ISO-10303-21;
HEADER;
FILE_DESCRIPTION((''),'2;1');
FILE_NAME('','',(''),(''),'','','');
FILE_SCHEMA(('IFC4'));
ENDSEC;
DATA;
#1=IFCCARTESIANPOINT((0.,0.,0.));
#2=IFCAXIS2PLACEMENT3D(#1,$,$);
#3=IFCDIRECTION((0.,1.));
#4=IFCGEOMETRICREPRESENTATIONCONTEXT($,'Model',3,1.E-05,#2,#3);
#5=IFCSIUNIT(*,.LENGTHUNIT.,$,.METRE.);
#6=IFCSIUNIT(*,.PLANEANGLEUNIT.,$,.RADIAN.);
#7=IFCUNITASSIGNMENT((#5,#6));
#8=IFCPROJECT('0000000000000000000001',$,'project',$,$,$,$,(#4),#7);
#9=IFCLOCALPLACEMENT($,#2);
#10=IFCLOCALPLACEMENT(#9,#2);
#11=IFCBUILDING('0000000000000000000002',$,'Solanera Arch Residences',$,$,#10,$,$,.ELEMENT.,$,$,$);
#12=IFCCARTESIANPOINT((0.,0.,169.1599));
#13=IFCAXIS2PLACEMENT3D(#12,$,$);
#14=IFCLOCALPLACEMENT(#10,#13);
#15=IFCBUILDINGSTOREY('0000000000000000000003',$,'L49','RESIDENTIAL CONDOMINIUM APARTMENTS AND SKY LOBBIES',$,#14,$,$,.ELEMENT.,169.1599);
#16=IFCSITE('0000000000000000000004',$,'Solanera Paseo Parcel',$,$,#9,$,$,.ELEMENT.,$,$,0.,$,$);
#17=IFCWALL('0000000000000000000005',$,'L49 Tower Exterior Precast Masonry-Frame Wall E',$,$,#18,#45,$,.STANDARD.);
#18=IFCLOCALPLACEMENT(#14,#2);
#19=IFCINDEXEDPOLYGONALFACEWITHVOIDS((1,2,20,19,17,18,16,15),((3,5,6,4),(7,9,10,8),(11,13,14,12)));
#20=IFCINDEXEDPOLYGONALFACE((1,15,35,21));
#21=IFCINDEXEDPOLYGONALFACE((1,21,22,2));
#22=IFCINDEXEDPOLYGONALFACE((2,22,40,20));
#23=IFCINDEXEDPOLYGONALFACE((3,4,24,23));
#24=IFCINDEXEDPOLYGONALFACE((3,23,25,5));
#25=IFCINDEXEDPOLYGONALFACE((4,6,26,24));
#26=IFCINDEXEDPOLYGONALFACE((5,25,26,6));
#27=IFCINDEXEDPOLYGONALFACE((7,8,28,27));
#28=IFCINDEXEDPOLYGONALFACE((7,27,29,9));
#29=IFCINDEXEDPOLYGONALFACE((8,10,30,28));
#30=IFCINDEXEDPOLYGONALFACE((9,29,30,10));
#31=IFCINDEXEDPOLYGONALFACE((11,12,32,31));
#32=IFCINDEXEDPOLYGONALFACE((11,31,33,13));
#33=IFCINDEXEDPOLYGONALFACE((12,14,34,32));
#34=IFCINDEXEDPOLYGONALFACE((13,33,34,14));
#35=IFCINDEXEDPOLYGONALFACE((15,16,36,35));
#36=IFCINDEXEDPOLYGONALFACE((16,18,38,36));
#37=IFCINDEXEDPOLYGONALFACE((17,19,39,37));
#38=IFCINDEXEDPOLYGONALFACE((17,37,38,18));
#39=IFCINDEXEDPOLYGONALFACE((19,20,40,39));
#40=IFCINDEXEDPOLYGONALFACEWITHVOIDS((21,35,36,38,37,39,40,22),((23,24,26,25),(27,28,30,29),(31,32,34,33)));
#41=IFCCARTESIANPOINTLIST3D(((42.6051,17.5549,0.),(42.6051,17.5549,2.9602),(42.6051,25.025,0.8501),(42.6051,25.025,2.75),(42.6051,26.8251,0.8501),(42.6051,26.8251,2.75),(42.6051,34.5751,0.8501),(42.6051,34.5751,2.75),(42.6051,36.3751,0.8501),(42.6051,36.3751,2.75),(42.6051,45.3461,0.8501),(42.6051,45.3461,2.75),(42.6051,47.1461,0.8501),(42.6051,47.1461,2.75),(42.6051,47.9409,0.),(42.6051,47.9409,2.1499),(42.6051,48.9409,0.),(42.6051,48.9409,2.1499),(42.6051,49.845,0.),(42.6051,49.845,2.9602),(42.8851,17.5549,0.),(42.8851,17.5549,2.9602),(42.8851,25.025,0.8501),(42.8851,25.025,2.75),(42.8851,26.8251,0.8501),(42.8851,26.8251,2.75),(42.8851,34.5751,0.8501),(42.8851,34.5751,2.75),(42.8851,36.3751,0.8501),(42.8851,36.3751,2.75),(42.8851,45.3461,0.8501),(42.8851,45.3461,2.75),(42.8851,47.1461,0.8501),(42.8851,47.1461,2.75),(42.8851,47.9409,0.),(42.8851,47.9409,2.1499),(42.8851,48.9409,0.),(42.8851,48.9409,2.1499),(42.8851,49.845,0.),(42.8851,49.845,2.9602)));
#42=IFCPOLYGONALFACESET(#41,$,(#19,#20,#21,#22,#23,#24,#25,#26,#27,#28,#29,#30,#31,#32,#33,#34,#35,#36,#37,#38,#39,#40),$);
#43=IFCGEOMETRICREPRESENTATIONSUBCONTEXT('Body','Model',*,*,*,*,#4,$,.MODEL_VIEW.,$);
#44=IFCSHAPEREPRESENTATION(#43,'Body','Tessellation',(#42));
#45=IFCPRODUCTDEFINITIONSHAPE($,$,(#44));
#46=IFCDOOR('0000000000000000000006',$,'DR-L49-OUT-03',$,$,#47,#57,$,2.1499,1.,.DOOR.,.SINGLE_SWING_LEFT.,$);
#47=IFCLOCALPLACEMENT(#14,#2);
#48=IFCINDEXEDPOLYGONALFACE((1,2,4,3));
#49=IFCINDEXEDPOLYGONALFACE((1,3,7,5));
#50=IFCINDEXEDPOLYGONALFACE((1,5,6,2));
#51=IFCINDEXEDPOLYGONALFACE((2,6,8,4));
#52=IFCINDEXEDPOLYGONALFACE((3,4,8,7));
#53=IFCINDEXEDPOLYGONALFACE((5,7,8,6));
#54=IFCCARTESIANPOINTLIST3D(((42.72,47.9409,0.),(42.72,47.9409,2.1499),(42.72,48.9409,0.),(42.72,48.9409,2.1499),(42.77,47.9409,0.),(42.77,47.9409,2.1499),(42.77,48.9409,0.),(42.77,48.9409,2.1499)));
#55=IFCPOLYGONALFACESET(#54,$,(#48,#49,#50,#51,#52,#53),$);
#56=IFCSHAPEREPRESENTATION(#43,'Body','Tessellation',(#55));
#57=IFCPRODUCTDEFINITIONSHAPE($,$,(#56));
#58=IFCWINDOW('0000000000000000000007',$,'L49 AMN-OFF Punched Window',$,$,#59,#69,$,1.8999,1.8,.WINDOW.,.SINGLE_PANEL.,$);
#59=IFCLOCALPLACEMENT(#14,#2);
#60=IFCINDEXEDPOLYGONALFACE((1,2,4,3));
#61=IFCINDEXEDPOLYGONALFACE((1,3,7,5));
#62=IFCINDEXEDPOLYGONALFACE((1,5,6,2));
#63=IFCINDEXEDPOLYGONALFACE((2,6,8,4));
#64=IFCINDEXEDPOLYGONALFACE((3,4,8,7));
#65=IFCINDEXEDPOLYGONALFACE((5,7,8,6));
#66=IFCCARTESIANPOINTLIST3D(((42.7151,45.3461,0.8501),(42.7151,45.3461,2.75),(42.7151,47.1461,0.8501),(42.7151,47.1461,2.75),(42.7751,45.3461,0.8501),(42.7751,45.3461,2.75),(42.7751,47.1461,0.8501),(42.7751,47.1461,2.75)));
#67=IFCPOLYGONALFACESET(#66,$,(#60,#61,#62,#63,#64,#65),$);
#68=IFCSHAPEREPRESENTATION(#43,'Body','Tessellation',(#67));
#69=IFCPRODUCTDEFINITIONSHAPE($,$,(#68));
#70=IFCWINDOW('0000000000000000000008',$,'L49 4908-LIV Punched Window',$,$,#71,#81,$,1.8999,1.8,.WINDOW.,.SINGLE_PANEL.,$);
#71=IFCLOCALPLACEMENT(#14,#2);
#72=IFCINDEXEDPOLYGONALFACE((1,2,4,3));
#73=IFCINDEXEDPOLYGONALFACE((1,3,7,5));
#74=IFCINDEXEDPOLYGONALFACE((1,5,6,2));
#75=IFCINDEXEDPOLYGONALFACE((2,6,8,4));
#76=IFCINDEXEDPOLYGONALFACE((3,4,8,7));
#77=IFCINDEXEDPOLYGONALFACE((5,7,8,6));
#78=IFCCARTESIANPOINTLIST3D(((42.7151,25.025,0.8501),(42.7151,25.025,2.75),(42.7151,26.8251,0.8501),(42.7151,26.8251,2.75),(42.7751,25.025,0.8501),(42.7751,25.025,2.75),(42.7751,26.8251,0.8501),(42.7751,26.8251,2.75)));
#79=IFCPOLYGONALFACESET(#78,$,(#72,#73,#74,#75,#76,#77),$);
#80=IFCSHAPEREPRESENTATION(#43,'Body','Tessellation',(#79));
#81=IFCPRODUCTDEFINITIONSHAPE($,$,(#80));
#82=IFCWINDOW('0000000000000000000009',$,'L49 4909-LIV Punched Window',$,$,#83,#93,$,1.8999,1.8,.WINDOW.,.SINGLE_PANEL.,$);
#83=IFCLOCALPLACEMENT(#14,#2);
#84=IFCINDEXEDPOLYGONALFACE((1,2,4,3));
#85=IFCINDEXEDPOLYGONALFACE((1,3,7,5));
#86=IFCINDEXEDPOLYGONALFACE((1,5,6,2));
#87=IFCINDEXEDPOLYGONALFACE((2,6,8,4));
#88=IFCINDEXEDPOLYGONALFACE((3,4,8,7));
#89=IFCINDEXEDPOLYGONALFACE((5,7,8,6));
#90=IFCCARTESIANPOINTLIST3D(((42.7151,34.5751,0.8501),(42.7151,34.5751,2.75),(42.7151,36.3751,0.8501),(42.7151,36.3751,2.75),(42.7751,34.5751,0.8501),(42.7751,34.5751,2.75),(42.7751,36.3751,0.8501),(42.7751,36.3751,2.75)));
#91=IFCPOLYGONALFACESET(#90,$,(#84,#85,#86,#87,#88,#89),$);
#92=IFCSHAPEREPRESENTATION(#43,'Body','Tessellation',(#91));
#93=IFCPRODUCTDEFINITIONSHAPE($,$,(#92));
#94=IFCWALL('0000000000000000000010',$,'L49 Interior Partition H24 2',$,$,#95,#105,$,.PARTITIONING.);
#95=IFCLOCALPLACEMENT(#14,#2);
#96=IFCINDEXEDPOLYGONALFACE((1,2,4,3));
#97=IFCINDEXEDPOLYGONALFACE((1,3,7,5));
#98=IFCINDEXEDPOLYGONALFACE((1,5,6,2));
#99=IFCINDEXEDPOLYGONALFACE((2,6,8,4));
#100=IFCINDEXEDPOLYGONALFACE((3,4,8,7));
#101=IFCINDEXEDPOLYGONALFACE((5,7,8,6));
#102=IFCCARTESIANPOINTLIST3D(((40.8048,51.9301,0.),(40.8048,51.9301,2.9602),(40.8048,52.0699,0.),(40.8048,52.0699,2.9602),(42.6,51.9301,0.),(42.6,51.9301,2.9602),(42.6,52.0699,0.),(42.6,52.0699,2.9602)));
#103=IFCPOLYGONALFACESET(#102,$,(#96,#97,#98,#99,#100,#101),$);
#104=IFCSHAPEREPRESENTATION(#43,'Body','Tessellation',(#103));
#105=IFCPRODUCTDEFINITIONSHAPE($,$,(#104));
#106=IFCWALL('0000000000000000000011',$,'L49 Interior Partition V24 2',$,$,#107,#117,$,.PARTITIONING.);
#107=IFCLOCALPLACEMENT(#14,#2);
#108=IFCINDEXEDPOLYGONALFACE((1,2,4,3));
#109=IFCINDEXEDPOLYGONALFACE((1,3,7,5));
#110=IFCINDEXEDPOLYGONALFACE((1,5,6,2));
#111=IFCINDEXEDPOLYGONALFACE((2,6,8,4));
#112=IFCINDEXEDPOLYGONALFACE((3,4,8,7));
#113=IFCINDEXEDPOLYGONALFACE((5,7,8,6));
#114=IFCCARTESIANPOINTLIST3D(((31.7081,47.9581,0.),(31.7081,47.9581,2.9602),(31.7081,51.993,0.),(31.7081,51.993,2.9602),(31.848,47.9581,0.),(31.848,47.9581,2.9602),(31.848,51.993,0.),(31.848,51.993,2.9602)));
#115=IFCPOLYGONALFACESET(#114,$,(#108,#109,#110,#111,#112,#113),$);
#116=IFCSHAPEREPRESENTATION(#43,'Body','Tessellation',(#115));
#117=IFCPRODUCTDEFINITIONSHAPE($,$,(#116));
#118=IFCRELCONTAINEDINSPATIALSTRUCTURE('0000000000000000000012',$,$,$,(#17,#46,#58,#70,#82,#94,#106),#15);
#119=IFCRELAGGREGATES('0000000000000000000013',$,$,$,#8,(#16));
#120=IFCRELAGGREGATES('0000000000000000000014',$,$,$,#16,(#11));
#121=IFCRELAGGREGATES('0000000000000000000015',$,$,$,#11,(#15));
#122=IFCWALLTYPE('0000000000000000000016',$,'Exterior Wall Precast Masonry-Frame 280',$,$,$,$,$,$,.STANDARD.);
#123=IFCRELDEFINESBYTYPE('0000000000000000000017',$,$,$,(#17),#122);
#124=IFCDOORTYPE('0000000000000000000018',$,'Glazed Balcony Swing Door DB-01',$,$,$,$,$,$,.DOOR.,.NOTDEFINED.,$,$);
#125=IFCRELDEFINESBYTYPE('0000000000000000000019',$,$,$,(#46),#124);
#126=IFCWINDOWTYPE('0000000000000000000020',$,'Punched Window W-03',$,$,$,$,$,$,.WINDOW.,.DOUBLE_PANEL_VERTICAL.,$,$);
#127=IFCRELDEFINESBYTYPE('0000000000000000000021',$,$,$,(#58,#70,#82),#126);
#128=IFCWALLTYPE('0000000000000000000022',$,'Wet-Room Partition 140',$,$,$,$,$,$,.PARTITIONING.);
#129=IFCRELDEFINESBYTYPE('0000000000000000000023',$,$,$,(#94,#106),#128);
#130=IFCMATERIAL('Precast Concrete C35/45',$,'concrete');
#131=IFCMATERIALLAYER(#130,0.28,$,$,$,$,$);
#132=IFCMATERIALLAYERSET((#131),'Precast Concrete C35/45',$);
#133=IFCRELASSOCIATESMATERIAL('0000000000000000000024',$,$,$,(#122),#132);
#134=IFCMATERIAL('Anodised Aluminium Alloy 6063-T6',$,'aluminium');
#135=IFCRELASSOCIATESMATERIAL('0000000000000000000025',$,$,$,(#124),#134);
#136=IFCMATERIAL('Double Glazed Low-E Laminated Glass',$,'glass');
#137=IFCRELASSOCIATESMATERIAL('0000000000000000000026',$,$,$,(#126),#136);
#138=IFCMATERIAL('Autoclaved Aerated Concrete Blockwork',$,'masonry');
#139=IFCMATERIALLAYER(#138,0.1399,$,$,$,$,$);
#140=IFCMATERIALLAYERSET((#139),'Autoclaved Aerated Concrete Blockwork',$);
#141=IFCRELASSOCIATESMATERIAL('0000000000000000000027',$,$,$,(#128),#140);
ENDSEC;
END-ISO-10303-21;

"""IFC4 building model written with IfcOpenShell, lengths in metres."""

from ifc_helpers import new_model, si_unit, direction, frame, frame_2d, origin, place, context, subcontext, project, spatial, rectangle, extrude, material, layer, layer_set, type_object, element, fill, save


model = new_model("IFC4")

# Units and contexts
model_context = context("Model", 3, precision=1e-05, world=origin(), true_north=direction((0.0, 1.0)))
body_context = subcontext(model_context, "Body", "Model", "MODEL_VIEW")
ifc_project = project(units=[si_unit("LENGTHUNIT", "METRE"), si_unit("PLANEANGLEUNIT", "RADIAN")], contexts=[model_context])

# Site, building, storey
site_placement = place(None, origin())
site = spatial("IfcSite", under=ifc_project, at=site_placement, Name="Solanera Paseo Parcel", CompositionType="ELEMENT", RefElevation=0.0)
building_placement = place(site_placement, origin())
building = spatial("IfcBuilding", under=site, at=building_placement, Name="Solanera Arch Residences", CompositionType="ELEMENT")
storey_placement = place(building_placement, frame((0.0, 0.0, 169.1599)))
storey = spatial("IfcBuildingStorey", under=building, at=storey_placement, Name="L49", Description="RESIDENTIAL CONDOMINIUM APARTMENTS AND SKY LOBBIES", CompositionType="ELEMENT", Elevation=169.1599)

# Shared definitions
ifc_material_1 = material(Name="Precast Concrete C35/45", Category="concrete")
ifc_layer_1 = layer(ifc_material_1, 0.28)
ifc_layer_set_1 = layer_set([ifc_layer_1], Name="Precast Concrete C35/45")
wall_type_1 = type_object("IfcWallType", Name="Exterior Wall Precast Masonry-Frame 280", PredefinedType="STANDARD", material=ifc_layer_set_1)

# Wall, openings, door, windows
wall_1_placement = place(storey_placement, frame((42.7451, 49.845, 0.0), z_axis=(0.0, 0.0, 1.0), x_axis=(0.0, -1.0, 0.0)))
wall_1 = element("IfcWall", 1, at=wall_1_placement, inside=storey, type_object=wall_type_1, Name="L49 Tower Exterior Precast Masonry-Frame Wall E", PredefinedType="STANDARD", context=body_context, shape_type="SweptSolid", body=[
    extrude(rectangle(XDim=32.29, YDim=0.28, at=frame_2d((16.145, 0.0))), origin(), (0.0, 0.0, 1.0), 2.9602),
])
opening_1_placement = place(wall_1_placement, frame((0.9041, 0.0, 0.0)))
opening_1 = element("IfcOpeningElement", 2, at=opening_1_placement, cuts=wall_1, PredefinedType="OPENING", context=body_context, shape_type="SweptSolid", body=[
    extrude(rectangle(XDim=1.0, YDim=2.1499, at=frame_2d((0.5, 1.075))), frame((0.0, 0.1499, 0.0), z_axis=(0.0, -1.0, 0.0), x_axis=(1.0, 0.0, 0.0)), (0.0, 0.0, 1.0), 0.3),
])
opening_2_placement = place(wall_1_placement, frame((2.699, 0.0, 0.8501)))
opening_2 = element("IfcOpeningElement", 3, at=opening_2_placement, cuts=wall_1, PredefinedType="OPENING", context=body_context, shape_type="SweptSolid", body=[
    extrude(rectangle(XDim=1.8, YDim=1.8999, at=frame_2d((0.8999, 0.95))), frame((0.0, 0.1499, 0.0), z_axis=(0.0, -1.0, 0.0), x_axis=(1.0, 0.0, 0.0)), (0.0, 0.0, 1.0), 0.3),
])
opening_3_placement = place(wall_1_placement, frame((23.02, 0.0, 0.8501)))
opening_3 = element("IfcOpeningElement", 4, at=opening_3_placement, cuts=wall_1, PredefinedType="OPENING", context=body_context, shape_type="SweptSolid", body=[
    extrude(rectangle(XDim=1.8, YDim=1.8999, at=frame_2d((0.8999, 0.95))), frame((0.0, 0.1499, 0.0), z_axis=(0.0, -1.0, 0.0), x_axis=(1.0, 0.0, 0.0)), (0.0, 0.0, 1.0), 0.3),
])
opening_4_placement = place(wall_1_placement, frame((13.47, 0.0, 0.8501)))
opening_4 = element("IfcOpeningElement", 5, at=opening_4_placement, cuts=wall_1, PredefinedType="OPENING", context=body_context, shape_type="SweptSolid", body=[
    extrude(rectangle(XDim=1.8, YDim=1.8999, at=frame_2d((0.8999, 0.95))), frame((0.0, 0.1499, 0.0), z_axis=(0.0, -1.0, 0.0), x_axis=(1.0, 0.0, 0.0)), (0.0, 0.0, 1.0), 0.3),
])
ifc_material_2 = material(Name="Anodised Aluminium Alloy 6063-T6", Category="aluminium")
door_type = type_object("IfcDoorType", Name="Glazed Balcony Swing Door DB-01", OperationType="NOTDEFINED", PredefinedType="DOOR", material=ifc_material_2)
door_placement = place(opening_1_placement, origin())
door = element("IfcDoor", 6, at=door_placement, inside=storey, type_object=door_type, Name="DR-L49-OUT-03", OperationType="SINGLE_SWING_LEFT", OverallHeight=2.1499, OverallWidth=1.0, PredefinedType="DOOR", context=body_context, shape_type="SweptSolid", body=[
    extrude(rectangle(XDim=1.0, YDim=2.1499, at=frame_2d((0.5, 1.075))), frame((0.0, 0.0249, 0.0), z_axis=(0.0, -1.0, 0.0), x_axis=(1.0, 0.0, 0.0)), (0.0, 0.0, 1.0), 0.05),
])
fill(opening_1, door)
ifc_material_3 = material(Name="Double Glazed Low-E Laminated Glass", Category="glass")
window_type = type_object("IfcWindowType", Name="Punched Window W-03", PartitioningType="DOUBLE_PANEL_VERTICAL", PredefinedType="WINDOW", material=ifc_material_3)
window_1_placement = place(opening_2_placement, origin())
window_1 = element("IfcWindow", 7, at=window_1_placement, inside=storey, type_object=window_type, Name="L49 AMN-OFF Punched Window", OverallHeight=1.8999, OverallWidth=1.8, PartitioningType="SINGLE_PANEL", PredefinedType="WINDOW", context=body_context, shape_type="SweptSolid", body=[
    extrude(rectangle(XDim=1.8, YDim=1.8999, at=frame_2d((0.8999, 0.95))), frame((0.0, 0.03, 0.0), z_axis=(0.0, -1.0, 0.0), x_axis=(1.0, 0.0, 0.0)), (0.0, 0.0, 1.0), 0.0601),
])
fill(opening_2, window_1)
window_2_placement = place(opening_3_placement, origin())
window_2 = element("IfcWindow", 8, at=window_2_placement, inside=storey, type_object=window_type, Name="L49 4908-LIV Punched Window", OverallHeight=1.8999, OverallWidth=1.8, PartitioningType="SINGLE_PANEL", PredefinedType="WINDOW", context=body_context, shape_type="SweptSolid", body=[
    extrude(rectangle(XDim=1.8, YDim=1.8999, at=frame_2d((0.8999, 0.95))), frame((0.0, 0.03, 0.0), z_axis=(0.0, -1.0, 0.0), x_axis=(1.0, 0.0, 0.0)), (0.0, 0.0, 1.0), 0.0601),
])
fill(opening_3, window_2)
window_3_placement = place(opening_4_placement, origin())
window_3 = element("IfcWindow", 9, at=window_3_placement, inside=storey, type_object=window_type, Name="L49 4909-LIV Punched Window", OverallHeight=1.8999, OverallWidth=1.8, PartitioningType="SINGLE_PANEL", PredefinedType="WINDOW", context=body_context, shape_type="SweptSolid", body=[
    extrude(rectangle(XDim=1.8, YDim=1.8999, at=frame_2d((0.8999, 0.95))), frame((0.0, 0.03, 0.0), z_axis=(0.0, -1.0, 0.0), x_axis=(1.0, 0.0, 0.0)), (0.0, 0.0, 1.0), 0.0601),
])
fill(opening_4, window_3)

# Walls
ifc_material_4 = material(Name="Autoclaved Aerated Concrete Blockwork", Category="masonry")
ifc_layer_2 = layer(ifc_material_4, 0.1399)
ifc_layer_set_2 = layer_set([ifc_layer_2], Name="Autoclaved Aerated Concrete Blockwork")
wall_type_2 = type_object("IfcWallType", Name="Wet-Room Partition 140", PredefinedType="PARTITIONING", material=ifc_layer_set_2)
wall_2_placement = place(storey_placement, frame((40.8049, 52.0, 0.0), z_axis=(0.0, 0.0, 1.0), x_axis=(1.0, 0.0, 0.0)))
element("IfcWall", 10, at=wall_2_placement, inside=storey, type_object=wall_type_2, Name="L49 Interior Partition H24 2", PredefinedType="PARTITIONING", context=body_context, shape_type="SweptSolid", body=[
    extrude(rectangle(XDim=1.7952, YDim=0.1399, at=frame_2d((0.8975, 0.0))), origin(), (0.0, 0.0, 1.0), 2.9602),
])
wall_3_placement = place(storey_placement, frame((31.7781, 47.958, 0.0), z_axis=(0.0, 0.0, 1.0), x_axis=(0.0, 1.0, 0.0)))
element("IfcWall", 11, at=wall_3_placement, inside=storey, type_object=wall_type_2, Name="L49 Interior Partition V24 2", PredefinedType="PARTITIONING", context=body_context, shape_type="SweptSolid", body=[
    extrude(rectangle(XDim=4.0349, YDim=0.1399, at=frame_2d((2.0176, 0.0))), origin(), (0.0, 0.0, 1.0), 2.9602),
])

save(model, "model.ifc")
